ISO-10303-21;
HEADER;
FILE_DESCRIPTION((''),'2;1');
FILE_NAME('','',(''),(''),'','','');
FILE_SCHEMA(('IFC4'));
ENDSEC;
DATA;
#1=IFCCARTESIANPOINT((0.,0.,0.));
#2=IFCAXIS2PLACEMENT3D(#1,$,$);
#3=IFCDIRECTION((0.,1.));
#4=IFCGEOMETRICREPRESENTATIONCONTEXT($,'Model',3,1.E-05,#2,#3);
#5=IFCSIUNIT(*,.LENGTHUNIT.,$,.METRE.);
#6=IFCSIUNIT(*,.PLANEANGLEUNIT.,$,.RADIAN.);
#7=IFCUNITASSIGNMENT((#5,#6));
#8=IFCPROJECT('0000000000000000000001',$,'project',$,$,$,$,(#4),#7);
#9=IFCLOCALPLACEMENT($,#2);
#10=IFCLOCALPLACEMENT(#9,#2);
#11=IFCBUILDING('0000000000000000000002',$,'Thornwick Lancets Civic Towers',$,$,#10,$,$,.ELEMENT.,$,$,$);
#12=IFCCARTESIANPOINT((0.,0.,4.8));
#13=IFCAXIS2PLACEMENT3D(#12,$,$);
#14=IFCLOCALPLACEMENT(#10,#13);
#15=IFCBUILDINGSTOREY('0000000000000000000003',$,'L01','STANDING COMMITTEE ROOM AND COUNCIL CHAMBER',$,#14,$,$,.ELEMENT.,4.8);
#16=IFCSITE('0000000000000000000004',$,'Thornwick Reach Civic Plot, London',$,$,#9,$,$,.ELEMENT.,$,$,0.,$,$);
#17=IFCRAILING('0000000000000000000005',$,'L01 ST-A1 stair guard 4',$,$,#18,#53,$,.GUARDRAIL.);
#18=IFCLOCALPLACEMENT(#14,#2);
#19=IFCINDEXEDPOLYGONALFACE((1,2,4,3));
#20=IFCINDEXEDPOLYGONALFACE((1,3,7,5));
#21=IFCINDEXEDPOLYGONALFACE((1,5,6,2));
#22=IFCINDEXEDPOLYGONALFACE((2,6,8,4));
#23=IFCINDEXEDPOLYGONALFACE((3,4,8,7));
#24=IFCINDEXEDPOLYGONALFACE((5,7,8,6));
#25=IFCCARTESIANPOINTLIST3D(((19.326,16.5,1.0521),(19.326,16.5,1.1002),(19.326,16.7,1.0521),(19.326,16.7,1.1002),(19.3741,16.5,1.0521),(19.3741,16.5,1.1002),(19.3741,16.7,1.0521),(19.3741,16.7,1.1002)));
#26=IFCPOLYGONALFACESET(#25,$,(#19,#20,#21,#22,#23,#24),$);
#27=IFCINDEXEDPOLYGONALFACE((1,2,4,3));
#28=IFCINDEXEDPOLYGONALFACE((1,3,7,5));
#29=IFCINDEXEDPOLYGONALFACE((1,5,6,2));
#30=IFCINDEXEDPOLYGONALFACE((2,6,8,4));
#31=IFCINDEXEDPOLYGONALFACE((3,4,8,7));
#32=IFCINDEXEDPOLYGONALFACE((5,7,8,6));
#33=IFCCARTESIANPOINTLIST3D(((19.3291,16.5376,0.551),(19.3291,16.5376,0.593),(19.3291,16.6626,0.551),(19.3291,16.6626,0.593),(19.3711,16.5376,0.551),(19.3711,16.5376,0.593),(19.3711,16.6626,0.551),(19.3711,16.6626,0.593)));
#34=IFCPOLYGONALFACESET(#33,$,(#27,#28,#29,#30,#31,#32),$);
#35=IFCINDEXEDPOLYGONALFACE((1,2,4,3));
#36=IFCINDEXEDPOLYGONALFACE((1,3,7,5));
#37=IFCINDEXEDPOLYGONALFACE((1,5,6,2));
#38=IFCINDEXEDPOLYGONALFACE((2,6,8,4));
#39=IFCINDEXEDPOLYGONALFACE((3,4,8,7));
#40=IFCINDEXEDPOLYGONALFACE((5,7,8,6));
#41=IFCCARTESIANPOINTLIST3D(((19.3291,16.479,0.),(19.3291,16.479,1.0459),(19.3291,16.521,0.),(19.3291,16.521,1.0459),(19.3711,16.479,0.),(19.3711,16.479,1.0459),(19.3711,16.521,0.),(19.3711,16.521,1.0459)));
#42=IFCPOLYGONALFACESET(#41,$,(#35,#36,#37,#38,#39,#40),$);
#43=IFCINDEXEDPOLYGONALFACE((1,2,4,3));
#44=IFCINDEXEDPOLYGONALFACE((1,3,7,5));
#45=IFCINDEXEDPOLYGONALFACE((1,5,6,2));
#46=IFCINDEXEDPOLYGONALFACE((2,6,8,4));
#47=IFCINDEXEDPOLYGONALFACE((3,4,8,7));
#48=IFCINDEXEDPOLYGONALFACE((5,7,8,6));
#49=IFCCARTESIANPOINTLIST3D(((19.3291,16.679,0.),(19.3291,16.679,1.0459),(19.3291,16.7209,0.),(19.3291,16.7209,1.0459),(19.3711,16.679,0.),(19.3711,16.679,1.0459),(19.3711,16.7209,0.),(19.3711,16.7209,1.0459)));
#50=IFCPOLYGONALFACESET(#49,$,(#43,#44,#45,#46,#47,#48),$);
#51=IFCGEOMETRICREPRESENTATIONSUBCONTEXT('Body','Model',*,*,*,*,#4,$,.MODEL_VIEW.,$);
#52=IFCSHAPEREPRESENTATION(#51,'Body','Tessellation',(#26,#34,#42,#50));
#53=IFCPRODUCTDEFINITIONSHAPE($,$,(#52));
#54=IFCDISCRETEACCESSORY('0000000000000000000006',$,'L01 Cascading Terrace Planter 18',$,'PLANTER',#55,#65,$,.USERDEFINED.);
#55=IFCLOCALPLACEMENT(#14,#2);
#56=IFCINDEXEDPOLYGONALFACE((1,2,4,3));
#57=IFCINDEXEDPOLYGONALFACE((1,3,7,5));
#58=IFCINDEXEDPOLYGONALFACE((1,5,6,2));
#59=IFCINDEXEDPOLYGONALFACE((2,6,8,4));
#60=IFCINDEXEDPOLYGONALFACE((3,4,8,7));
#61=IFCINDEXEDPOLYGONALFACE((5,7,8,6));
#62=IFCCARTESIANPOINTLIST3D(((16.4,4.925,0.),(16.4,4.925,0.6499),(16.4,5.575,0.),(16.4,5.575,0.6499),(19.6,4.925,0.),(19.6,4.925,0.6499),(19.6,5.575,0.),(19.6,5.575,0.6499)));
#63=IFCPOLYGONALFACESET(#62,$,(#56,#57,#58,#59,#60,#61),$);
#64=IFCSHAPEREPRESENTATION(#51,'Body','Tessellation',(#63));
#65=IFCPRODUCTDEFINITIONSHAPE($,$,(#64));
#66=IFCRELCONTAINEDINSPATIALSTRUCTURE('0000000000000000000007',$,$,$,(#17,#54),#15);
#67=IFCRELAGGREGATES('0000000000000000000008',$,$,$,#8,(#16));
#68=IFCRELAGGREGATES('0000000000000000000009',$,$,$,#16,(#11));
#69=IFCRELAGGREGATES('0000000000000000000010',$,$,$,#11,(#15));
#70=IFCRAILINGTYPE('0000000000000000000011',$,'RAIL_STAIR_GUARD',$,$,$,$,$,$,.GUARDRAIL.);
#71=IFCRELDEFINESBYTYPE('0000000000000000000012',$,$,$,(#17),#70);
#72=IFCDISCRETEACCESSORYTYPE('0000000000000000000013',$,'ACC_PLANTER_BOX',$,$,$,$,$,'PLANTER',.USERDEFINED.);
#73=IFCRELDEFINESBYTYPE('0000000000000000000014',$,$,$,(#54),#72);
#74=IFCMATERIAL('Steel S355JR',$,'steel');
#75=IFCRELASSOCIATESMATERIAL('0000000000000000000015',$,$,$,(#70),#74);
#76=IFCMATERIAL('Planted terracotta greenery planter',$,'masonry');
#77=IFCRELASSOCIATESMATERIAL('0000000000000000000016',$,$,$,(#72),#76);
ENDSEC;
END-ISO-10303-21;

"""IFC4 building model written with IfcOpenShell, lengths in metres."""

from ifc_helpers import new_model, si_unit, direction, frame, origin, origin_2d, place, context, subcontext, project, spatial, rectangle, extrude, material, type_object, element, save


model = new_model("IFC4")

# Units and contexts
model_context = context("Model", 3, precision=1e-05, world=origin(), true_north=direction((0.0, 1.0)))
body_context = subcontext(model_context, "Body", "Model", "MODEL_VIEW")
ifc_project = project(units=[si_unit("LENGTHUNIT", "METRE"), si_unit("PLANEANGLEUNIT", "RADIAN")], contexts=[model_context])

# Site, building, storey
site_placement = place(None, origin())
site = spatial("IfcSite", under=ifc_project, at=site_placement, Name="Thornwick Reach Civic Plot, London", CompositionType="ELEMENT", RefElevation=0.0)
building_placement = place(site_placement, origin())
building = spatial("IfcBuilding", under=site, at=building_placement, Name="Thornwick Lancets Civic Towers", CompositionType="ELEMENT")
storey_placement = place(building_placement, frame((0.0, 0.0, 4.8)))
storey = spatial("IfcBuildingStorey", under=building, at=storey_placement, Name="L01", Description="STANDING COMMITTEE ROOM AND COUNCIL CHAMBER", CompositionType="ELEMENT", Elevation=4.8)

# Shared definitions
ifc_material_1 = material(Name="Steel S355JR", Category="steel")

# Railing
railing_type_1 = type_object("IfcRailingType", Name="RAIL_STAIR_GUARD", PredefinedType="GUARDRAIL", material=ifc_material_1)
railing_1_placement = place(storey_placement, frame((19.3501, 16.5, 0.0)))
element("IfcRailing", 1, at=railing_1_placement, inside=storey, type_object=railing_type_1, Name="L01 ST-A1 stair guard 4", PredefinedType="GUARDRAIL", context=body_context, shape_type="SweptSolid", body=[
    extrude(rectangle(XDim=0.0481, YDim=0.0481, at=origin_2d()), frame((0.0, 0.0, 1.0762), z_axis=(0.0, 1.0, 0.0), x_axis=(-1.0, 0.0, 0.0)), (0.0, 0.0, 1.0), 0.2),
    extrude(rectangle(XDim=0.042, YDim=0.042, at=origin_2d()), frame((0.0, 0.0376, 0.572), z_axis=(0.0, 1.0, 0.0), x_axis=(-1.0, 0.0, 0.0)), (0.0, 0.0, 1.0), 0.125),
    extrude(rectangle(XDim=0.042, YDim=0.042, at=origin_2d()), origin(), (0.0, 0.0, 1.0), 1.0459),
    extrude(rectangle(XDim=0.042, YDim=0.042, at=origin_2d()), frame((0.0, 0.2, 0.0)), (0.0, 0.0, 1.0), 1.0459),
])

# Discrete accessory
ifc_material_2 = material(Name="Planted terracotta greenery planter", Category="masonry")
discrete_accessory_type = type_object("IfcDiscreteAccessoryType", Name="ACC_PLANTER_BOX", ElementType="PLANTER", PredefinedType="USERDEFINED", material=ifc_material_2)
discrete_accessory_placement = place(storey_placement, frame((18.0, 5.25, 0.0), z_axis=(0.0, 0.0, 1.0), x_axis=(1.0, 0.0, 0.0)))
element("IfcDiscreteAccessory", 2, at=discrete_accessory_placement, inside=storey, type_object=discrete_accessory_type, Name="L01 Cascading Terrace Planter 18", ObjectType="PLANTER", PredefinedType="USERDEFINED", context=body_context, shape_type="SweptSolid", body=[
    extrude(rectangle(XDim=3.2, YDim=0.6499, at=origin_2d()), origin(), (0.0, 0.0, 1.0), 0.6499),
])

save(model, "model.ifc")
